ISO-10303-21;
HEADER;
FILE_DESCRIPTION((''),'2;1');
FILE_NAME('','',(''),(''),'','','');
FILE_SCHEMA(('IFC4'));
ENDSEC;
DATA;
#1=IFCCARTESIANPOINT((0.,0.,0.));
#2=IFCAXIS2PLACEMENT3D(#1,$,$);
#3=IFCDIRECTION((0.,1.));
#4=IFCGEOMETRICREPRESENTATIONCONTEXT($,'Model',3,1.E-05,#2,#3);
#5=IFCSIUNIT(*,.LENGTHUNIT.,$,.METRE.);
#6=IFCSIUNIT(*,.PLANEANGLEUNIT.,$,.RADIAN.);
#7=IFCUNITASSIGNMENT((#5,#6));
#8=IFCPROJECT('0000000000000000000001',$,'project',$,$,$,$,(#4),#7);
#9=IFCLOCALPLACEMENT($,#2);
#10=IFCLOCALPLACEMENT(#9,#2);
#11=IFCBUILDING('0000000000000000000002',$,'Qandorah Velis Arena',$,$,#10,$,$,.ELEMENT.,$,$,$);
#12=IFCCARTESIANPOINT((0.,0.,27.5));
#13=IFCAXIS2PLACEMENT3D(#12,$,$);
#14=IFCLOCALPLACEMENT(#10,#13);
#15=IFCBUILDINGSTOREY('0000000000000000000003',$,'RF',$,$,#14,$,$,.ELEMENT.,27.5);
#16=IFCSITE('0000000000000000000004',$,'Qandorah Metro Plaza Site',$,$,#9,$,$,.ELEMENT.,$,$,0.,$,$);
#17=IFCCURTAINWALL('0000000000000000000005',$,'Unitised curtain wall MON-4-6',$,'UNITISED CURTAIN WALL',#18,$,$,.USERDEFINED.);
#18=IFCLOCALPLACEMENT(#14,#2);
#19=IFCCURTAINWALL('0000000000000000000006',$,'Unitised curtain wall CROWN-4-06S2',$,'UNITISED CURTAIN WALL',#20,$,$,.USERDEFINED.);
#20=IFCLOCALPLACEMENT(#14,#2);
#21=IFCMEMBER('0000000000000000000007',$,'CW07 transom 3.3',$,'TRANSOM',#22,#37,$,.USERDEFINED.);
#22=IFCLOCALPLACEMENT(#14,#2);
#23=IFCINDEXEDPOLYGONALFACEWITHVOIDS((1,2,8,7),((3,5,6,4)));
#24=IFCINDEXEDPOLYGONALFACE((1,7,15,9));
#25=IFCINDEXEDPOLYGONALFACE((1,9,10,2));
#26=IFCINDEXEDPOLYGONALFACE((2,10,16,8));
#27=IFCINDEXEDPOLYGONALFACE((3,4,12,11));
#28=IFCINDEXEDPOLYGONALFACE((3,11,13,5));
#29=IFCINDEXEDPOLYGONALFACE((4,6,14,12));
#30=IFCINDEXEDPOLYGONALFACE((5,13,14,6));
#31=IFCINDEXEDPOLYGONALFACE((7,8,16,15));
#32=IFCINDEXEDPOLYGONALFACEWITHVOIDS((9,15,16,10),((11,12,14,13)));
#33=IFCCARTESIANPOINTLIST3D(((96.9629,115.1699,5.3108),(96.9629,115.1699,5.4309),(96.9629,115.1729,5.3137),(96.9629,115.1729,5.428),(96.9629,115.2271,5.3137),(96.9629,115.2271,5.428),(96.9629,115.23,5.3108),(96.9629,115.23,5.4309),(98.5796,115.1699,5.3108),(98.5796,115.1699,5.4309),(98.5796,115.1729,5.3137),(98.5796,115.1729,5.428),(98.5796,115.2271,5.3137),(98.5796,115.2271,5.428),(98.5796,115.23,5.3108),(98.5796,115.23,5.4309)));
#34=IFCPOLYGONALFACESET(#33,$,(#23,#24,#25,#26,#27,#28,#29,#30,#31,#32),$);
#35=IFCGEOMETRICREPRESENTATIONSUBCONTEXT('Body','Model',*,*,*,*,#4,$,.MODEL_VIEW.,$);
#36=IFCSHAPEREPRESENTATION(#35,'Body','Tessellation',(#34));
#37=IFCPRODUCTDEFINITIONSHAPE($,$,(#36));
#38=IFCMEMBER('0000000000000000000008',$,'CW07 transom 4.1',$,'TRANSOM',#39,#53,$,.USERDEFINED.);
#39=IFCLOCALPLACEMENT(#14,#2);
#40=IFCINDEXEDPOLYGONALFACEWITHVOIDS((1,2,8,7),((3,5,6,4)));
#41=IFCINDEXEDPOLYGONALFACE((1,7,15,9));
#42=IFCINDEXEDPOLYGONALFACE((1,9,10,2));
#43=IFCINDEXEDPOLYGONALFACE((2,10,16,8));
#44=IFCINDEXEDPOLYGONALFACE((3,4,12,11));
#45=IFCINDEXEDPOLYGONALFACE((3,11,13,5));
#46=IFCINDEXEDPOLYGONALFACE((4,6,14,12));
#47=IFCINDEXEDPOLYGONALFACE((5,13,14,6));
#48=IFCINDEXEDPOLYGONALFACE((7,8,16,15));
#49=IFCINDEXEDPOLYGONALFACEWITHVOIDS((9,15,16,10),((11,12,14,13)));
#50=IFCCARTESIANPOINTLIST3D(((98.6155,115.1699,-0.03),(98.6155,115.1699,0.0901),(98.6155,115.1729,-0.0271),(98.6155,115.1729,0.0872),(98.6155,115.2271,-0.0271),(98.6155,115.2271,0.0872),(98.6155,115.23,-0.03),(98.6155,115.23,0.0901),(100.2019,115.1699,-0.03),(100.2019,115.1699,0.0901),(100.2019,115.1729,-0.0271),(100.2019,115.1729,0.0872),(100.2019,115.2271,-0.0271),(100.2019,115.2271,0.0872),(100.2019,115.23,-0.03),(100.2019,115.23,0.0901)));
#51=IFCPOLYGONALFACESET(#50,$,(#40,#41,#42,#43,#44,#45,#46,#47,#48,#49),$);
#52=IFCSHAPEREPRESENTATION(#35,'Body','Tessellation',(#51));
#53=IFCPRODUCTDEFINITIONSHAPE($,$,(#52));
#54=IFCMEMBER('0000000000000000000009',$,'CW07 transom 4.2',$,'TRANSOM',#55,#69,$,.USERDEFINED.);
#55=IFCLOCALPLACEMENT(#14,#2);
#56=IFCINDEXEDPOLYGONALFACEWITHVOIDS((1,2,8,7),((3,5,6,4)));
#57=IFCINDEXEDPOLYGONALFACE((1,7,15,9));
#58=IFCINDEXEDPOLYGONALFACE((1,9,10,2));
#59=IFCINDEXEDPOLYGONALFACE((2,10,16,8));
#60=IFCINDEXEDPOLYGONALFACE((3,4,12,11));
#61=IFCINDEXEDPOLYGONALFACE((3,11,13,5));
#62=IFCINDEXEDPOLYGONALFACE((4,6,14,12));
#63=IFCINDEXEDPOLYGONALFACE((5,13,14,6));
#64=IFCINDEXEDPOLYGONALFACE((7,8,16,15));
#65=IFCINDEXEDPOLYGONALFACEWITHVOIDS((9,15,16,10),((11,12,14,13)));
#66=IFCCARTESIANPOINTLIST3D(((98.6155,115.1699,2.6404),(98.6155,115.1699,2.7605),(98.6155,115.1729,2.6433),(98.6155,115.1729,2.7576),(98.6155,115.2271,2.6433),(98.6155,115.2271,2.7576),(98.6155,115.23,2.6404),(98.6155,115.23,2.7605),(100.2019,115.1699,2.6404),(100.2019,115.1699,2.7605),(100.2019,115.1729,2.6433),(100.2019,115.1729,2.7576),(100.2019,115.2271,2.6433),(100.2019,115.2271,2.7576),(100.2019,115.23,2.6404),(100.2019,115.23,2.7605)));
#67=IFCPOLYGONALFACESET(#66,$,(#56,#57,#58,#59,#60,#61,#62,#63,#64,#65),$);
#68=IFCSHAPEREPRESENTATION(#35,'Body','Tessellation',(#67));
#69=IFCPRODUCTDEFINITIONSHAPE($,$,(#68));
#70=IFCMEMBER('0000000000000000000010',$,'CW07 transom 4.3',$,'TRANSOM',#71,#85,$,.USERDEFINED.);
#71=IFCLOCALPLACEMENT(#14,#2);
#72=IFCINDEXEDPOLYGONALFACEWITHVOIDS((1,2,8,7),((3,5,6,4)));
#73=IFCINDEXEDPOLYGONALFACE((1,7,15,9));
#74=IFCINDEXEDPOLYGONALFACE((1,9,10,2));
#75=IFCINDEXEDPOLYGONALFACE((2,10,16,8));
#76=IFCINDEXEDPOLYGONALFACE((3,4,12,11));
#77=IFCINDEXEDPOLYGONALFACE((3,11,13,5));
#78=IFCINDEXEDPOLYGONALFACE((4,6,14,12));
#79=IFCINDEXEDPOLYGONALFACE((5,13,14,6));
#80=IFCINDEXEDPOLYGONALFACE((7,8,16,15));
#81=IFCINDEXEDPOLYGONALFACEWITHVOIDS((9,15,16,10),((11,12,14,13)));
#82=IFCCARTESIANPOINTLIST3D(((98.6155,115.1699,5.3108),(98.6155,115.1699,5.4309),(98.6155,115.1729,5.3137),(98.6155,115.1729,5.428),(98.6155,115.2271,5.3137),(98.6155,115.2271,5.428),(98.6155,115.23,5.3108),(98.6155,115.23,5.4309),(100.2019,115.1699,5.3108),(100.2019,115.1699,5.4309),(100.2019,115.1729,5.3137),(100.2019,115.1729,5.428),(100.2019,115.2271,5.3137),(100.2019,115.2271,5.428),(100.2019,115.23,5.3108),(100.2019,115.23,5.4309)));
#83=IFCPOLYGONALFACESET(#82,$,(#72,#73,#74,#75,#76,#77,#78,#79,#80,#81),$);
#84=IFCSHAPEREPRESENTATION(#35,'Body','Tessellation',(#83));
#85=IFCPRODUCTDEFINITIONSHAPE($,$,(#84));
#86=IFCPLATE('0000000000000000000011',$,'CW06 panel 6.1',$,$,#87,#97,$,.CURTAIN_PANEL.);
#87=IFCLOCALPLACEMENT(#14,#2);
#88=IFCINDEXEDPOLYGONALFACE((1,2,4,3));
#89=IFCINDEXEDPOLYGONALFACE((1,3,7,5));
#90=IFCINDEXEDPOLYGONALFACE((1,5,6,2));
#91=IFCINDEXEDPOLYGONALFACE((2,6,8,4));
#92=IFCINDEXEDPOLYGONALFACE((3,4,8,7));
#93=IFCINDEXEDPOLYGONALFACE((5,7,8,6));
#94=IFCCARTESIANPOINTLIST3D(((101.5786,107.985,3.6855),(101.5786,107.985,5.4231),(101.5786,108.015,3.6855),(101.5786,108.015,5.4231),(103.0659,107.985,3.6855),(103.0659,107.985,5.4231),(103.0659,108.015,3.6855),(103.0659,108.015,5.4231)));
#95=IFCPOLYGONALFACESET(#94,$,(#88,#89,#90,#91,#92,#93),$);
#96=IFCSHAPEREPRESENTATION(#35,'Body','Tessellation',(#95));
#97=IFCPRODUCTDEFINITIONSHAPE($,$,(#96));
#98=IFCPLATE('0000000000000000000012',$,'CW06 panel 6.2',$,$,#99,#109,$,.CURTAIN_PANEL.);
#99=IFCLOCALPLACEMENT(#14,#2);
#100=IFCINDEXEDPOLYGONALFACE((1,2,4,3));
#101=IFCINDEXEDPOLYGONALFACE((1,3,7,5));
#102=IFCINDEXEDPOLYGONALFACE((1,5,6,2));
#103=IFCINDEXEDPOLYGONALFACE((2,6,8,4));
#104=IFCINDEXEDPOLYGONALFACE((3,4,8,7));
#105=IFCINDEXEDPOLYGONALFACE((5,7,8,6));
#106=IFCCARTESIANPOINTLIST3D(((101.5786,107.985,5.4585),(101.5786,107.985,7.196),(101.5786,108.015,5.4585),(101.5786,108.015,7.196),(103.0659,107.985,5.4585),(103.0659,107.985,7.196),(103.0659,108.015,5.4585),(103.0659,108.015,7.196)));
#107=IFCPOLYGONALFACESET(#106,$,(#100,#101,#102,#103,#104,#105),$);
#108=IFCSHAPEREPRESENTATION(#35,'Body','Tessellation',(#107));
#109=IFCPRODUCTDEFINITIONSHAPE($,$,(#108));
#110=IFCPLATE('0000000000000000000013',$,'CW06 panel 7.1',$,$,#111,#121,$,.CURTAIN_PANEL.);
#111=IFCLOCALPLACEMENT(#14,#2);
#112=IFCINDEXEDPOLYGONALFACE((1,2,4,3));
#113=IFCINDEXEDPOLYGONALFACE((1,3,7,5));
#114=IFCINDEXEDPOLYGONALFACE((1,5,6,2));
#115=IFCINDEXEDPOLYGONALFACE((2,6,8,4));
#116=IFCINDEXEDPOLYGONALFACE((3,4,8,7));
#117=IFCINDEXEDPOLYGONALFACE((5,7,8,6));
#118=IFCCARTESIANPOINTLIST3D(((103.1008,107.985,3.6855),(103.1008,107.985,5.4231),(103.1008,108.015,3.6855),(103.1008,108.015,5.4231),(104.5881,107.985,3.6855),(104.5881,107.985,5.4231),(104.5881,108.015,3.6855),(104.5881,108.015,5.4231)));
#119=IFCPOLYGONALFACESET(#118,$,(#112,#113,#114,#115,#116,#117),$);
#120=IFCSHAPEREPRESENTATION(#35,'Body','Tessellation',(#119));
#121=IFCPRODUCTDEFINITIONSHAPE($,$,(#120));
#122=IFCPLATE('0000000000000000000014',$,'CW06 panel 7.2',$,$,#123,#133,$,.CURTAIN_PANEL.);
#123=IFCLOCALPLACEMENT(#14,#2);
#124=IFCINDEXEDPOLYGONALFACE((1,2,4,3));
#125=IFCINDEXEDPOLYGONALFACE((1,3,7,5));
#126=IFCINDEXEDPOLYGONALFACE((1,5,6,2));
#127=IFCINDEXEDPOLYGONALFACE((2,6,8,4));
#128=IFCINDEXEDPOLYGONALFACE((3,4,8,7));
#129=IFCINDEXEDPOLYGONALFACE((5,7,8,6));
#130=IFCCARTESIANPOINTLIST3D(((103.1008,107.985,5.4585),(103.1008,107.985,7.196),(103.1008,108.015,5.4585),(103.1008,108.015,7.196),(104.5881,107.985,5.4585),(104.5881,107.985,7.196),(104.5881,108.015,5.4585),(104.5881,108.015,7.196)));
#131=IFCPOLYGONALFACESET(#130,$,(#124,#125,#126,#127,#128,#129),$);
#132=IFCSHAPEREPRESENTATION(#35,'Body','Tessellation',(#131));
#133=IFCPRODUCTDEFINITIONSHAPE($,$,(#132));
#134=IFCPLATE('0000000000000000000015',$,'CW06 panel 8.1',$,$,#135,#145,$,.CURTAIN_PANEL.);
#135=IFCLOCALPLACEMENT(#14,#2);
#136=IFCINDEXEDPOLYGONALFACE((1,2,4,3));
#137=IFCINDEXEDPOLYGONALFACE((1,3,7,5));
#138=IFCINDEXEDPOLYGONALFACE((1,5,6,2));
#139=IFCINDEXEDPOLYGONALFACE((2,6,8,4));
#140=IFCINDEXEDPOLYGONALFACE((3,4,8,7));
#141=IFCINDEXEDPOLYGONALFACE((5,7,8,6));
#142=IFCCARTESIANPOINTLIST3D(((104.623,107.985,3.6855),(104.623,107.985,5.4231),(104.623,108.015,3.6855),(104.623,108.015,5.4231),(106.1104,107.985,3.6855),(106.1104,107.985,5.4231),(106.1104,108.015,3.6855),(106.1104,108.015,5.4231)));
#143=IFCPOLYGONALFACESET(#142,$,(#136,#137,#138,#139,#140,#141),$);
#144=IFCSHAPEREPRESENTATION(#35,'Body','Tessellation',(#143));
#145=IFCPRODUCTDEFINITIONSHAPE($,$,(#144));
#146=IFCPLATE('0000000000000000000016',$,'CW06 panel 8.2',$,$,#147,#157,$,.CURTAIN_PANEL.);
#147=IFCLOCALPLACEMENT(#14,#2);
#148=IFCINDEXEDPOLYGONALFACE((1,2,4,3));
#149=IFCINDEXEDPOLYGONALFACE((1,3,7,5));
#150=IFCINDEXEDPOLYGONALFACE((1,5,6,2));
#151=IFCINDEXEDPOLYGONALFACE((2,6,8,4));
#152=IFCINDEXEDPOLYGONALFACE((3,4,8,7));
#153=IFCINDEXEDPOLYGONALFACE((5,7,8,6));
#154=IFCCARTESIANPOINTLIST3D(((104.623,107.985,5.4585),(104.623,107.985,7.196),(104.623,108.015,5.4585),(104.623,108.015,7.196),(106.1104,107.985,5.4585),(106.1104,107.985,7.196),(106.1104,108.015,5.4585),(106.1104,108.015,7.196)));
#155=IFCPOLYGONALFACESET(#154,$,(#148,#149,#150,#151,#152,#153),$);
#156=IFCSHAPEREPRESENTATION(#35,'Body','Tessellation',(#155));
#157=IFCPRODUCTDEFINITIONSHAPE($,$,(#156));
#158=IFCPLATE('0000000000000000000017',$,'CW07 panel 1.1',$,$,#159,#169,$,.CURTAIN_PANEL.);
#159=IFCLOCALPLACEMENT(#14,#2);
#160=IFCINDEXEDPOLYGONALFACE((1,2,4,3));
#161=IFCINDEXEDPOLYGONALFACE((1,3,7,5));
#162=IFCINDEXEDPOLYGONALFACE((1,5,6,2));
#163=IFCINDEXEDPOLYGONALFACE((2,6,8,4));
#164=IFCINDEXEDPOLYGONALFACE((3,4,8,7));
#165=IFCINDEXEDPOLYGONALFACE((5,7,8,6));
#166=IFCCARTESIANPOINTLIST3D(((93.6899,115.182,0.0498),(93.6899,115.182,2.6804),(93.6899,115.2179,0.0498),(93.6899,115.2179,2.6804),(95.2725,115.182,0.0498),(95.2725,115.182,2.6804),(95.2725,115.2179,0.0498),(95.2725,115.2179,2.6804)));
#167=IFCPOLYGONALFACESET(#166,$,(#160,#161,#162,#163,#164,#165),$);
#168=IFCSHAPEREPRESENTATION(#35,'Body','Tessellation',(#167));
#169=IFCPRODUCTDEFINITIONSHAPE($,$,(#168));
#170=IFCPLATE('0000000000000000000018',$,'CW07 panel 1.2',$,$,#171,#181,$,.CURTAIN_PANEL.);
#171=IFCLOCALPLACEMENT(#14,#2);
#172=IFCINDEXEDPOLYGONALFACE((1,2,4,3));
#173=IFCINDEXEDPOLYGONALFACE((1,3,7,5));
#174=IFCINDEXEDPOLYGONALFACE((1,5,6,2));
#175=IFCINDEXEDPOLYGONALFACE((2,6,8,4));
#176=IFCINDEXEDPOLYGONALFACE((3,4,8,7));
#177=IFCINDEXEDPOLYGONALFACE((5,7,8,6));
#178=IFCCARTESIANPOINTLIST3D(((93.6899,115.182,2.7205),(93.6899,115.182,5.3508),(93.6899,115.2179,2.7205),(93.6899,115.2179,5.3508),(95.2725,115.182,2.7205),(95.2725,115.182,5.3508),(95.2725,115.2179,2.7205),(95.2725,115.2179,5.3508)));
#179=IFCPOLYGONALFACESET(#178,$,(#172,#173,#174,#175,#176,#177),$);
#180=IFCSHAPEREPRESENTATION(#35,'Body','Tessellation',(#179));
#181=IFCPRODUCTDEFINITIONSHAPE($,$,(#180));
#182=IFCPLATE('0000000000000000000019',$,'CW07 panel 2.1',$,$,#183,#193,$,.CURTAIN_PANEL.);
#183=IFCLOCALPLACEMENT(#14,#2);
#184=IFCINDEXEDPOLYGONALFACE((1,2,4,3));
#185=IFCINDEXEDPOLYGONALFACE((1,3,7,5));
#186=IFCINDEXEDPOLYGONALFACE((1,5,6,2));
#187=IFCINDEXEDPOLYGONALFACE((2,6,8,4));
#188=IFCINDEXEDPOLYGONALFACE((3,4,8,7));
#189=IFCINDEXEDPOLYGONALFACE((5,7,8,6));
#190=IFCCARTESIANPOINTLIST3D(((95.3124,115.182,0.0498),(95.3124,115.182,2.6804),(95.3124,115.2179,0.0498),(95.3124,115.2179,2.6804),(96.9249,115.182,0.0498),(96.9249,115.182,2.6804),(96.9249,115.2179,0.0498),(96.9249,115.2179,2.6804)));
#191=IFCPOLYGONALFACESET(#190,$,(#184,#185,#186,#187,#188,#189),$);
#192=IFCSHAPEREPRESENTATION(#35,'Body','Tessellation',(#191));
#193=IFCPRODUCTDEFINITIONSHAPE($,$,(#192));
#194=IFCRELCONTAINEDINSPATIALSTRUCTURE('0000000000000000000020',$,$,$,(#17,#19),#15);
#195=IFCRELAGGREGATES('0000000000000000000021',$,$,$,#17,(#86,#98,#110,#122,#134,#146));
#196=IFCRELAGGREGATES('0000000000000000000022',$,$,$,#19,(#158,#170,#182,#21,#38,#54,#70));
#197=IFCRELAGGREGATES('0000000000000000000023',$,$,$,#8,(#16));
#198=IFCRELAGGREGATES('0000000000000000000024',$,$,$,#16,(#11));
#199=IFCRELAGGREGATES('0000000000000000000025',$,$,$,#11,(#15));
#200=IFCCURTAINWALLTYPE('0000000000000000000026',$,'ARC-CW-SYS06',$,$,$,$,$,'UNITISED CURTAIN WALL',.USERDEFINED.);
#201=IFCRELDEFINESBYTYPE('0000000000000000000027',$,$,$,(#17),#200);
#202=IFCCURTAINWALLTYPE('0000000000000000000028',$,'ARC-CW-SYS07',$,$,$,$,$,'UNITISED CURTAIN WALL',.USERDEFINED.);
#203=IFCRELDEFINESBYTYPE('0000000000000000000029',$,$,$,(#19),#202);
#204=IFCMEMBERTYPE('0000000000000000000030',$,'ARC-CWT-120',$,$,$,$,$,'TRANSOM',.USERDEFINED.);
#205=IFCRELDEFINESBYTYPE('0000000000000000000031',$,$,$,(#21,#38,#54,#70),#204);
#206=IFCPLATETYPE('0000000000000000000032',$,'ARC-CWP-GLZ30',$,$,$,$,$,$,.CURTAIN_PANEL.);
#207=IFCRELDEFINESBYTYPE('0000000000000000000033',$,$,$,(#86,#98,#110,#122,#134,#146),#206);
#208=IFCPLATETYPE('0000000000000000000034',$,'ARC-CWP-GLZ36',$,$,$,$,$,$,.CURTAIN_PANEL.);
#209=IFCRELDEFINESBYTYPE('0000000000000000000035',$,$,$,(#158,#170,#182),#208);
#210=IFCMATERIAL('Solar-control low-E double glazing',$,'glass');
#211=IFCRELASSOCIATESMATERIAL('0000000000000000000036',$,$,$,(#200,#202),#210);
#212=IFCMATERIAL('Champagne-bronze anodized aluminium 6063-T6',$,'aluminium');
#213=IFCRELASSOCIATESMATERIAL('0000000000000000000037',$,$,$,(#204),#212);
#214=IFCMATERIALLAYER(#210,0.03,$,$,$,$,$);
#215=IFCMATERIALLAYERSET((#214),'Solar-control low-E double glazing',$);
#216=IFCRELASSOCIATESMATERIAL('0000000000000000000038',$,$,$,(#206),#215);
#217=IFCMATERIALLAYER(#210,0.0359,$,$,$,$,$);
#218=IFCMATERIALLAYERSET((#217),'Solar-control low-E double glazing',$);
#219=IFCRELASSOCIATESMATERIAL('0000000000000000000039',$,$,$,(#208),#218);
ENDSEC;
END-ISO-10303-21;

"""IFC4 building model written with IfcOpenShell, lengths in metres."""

from ifc_helpers import new_model, si_unit, direction, frame, origin, origin_2d, place, context, subcontext, project, spatial, rectangle, hollow_rectangle, extrude, material, layer, layer_set, material_profile, profile_set, type_object, element, aggregate, save


model = new_model("IFC4")

# Units and contexts
model_context = context("Model", 3, precision=1e-05, world=origin(), true_north=direction((0.0, 1.0)))
body_context = subcontext(model_context, "Body", "Model", "MODEL_VIEW")
ifc_project = project(units=[si_unit("LENGTHUNIT", "METRE"), si_unit("PLANEANGLEUNIT", "RADIAN")], contexts=[model_context])

# Site, building, storey
site_placement = place(None, origin())
site = spatial("IfcSite", under=ifc_project, at=site_placement, Name="Qandorah Metro Plaza Site", CompositionType="ELEMENT", RefElevation=0.0)
building_placement = place(site_placement, origin())
building = spatial("IfcBuilding", under=site, at=building_placement, Name="Qandorah Velis Arena", CompositionType="ELEMENT")
storey_placement = place(building_placement, frame((0.0, 0.0, 27.5)))
storey = spatial("IfcBuildingStorey", under=building, at=storey_placement, Name="RF", CompositionType="ELEMENT", Elevation=27.5)

# Curtain wall
ifc_material_1 = material(Name="Solar-control low-E double glazing", Category="glass")
curtain_wall_type_1 = type_object("IfcCurtainWallType", Name="ARC-CW-SYS06", ElementType="UNITISED CURTAIN WALL", PredefinedType="USERDEFINED", material=ifc_material_1)
curtain_wall_1_placement = place(storey_placement, origin())
curtain_wall_1 = element("IfcCurtainWall", 1, at=curtain_wall_1_placement, inside=storey, type_object=curtain_wall_type_1, Name="Unitised curtain wall MON-4-6", ObjectType="UNITISED CURTAIN WALL", PredefinedType="USERDEFINED")
ifc_material_2 = material(Name="Champagne-bronze anodized aluminium 6063-T6", Category="aluminium")

# Curtain wall
curtain_wall_type_2 = type_object("IfcCurtainWallType", Name="ARC-CW-SYS07", ElementType="UNITISED CURTAIN WALL", PredefinedType="USERDEFINED", material=ifc_material_1)
curtain_wall_2_placement = place(storey_placement, origin())
curtain_wall_2 = element("IfcCurtainWall", 2, at=curtain_wall_2_placement, inside=storey, type_object=curtain_wall_type_2, Name="Unitised curtain wall CROWN-4-06S2", ObjectType="UNITISED CURTAIN WALL", PredefinedType="USERDEFINED")

# Members
ifc_material_profile_1 = material_profile(ifc_material_2, hollow_rectangle(XDim=0.0601, YDim=0.1201, WallThickness=0.0029, at=origin_2d()), Name="ALU TRANSOM 60x120")
ifc_profile_set_1 = profile_set([ifc_material_profile_1], Name="Champagne-bronze anodized aluminium 6063-T6")
member_type_1 = type_object("IfcMemberType", Name="ARC-CWT-120", ElementType="TRANSOM", PredefinedType="USERDEFINED", material=ifc_profile_set_1)
member_1_placement = place(storey_placement, frame((96.9629, 115.2, 5.3708), z_axis=(1.0, 0.0, 0.0), x_axis=(0.0, 1.0, 0.0)))
member_1 = element("IfcMember", 3, at=member_1_placement, type_object=member_type_1, Name="CW07 transom 3.3", ObjectType="TRANSOM", PredefinedType="USERDEFINED", context=body_context, shape_type="SweptSolid", body=[
    extrude(hollow_rectangle(XDim=0.0601, YDim=0.1201, WallThickness=0.0029, at=origin_2d()), origin(), (0.0, 0.0, 1.0), 1.6167),
])
member_2_placement = place(storey_placement, frame((98.6155, 115.2, 0.03), z_axis=(1.0, 0.0, 0.0), x_axis=(0.0, 1.0, 0.0)))
member_2 = element("IfcMember", 4, at=member_2_placement, type_object=member_type_1, Name="CW07 transom 4.1", ObjectType="TRANSOM", PredefinedType="USERDEFINED", context=body_context, shape_type="SweptSolid", body=[
    extrude(hollow_rectangle(XDim=0.0601, YDim=0.1201, WallThickness=0.0029, at=origin_2d()), origin(), (0.0, 0.0, 1.0), 1.5864),
])
member_3_placement = place(storey_placement, frame((98.6155, 115.2, 2.7004), z_axis=(1.0, 0.0, 0.0), x_axis=(0.0, 1.0, 0.0)))
member_3 = element("IfcMember", 5, at=member_3_placement, type_object=member_type_1, Name="CW07 transom 4.2", ObjectType="TRANSOM", PredefinedType="USERDEFINED", context=body_context, shape_type="SweptSolid", body=[
    extrude(hollow_rectangle(XDim=0.0601, YDim=0.1201, WallThickness=0.0029, at=origin_2d()), origin(), (0.0, 0.0, 1.0), 1.5864),
])
member_4_placement = place(storey_placement, frame((98.6155, 115.2, 5.3708), z_axis=(1.0, 0.0, 0.0), x_axis=(0.0, 1.0, 0.0)))
member_4 = element("IfcMember", 6, at=member_4_placement, type_object=member_type_1, Name="CW07 transom 4.3", ObjectType="TRANSOM", PredefinedType="USERDEFINED", context=body_context, shape_type="SweptSolid", body=[
    extrude(hollow_rectangle(XDim=0.0601, YDim=0.1201, WallThickness=0.0029, at=origin_2d()), origin(), (0.0, 0.0, 1.0), 1.5864),
])

# Plates
ifc_layer_1 = layer(ifc_material_1, 0.03)
ifc_layer_set_1 = layer_set([ifc_layer_1], Name="Solar-control low-E double glazing")
plate_type_1 = type_object("IfcPlateType", Name="ARC-CWP-GLZ30", PredefinedType="CURTAIN_PANEL", material=ifc_layer_set_1)
plate_1_placement = place(storey_placement, frame((102.3223, 108.0, 3.6855), z_axis=(0.0, 0.0, 1.0), x_axis=(1.0, 0.0, 0.0)))
plate_1 = element("IfcPlate", 7, at=plate_1_placement, type_object=plate_type_1, Name="CW06 panel 6.1", PredefinedType="CURTAIN_PANEL", context=body_context, shape_type="SweptSolid", body=[
    extrude(rectangle(XDim=1.4873, YDim=0.03, at=origin_2d()), origin(), (0.0, 0.0, 1.0), 1.7375),
])
plate_2_placement = place(storey_placement, frame((102.3223, 108.0, 5.4585), z_axis=(0.0, 0.0, 1.0), x_axis=(1.0, 0.0, 0.0)))
plate_2 = element("IfcPlate", 8, at=plate_2_placement, type_object=plate_type_1, Name="CW06 panel 6.2", PredefinedType="CURTAIN_PANEL", context=body_context, shape_type="SweptSolid", body=[
    extrude(rectangle(XDim=1.4873, YDim=0.03, at=origin_2d()), origin(), (0.0, 0.0, 1.0), 1.7375),
])
plate_3_placement = place(storey_placement, frame((103.8445, 108.0, 3.6855), z_axis=(0.0, 0.0, 1.0), x_axis=(1.0, 0.0, 0.0)))
plate_3 = element("IfcPlate", 9, at=plate_3_placement, type_object=plate_type_1, Name="CW06 panel 7.1", PredefinedType="CURTAIN_PANEL", context=body_context, shape_type="SweptSolid", body=[
    extrude(rectangle(XDim=1.4873, YDim=0.03, at=origin_2d()), origin(), (0.0, 0.0, 1.0), 1.7375),
])
plate_4_placement = place(storey_placement, frame((103.8445, 108.0, 5.4585), z_axis=(0.0, 0.0, 1.0), x_axis=(1.0, 0.0, 0.0)))
plate_4 = element("IfcPlate", 10, at=plate_4_placement, type_object=plate_type_1, Name="CW06 panel 7.2", PredefinedType="CURTAIN_PANEL", context=body_context, shape_type="SweptSolid", body=[
    extrude(rectangle(XDim=1.4873, YDim=0.03, at=origin_2d()), origin(), (0.0, 0.0, 1.0), 1.7375),
])
plate_5_placement = place(storey_placement, frame((105.3667, 108.0, 3.6855), z_axis=(0.0, 0.0, 1.0), x_axis=(1.0, 0.0, 0.0)))
plate_5 = element("IfcPlate", 11, at=plate_5_placement, type_object=plate_type_1, Name="CW06 panel 8.1", PredefinedType="CURTAIN_PANEL", context=body_context, shape_type="SweptSolid", body=[
    extrude(rectangle(XDim=1.4873, YDim=0.03, at=origin_2d()), origin(), (0.0, 0.0, 1.0), 1.7375),
])
plate_6_placement = place(storey_placement, frame((105.3667, 108.0, 5.4585), z_axis=(0.0, 0.0, 1.0), x_axis=(1.0, 0.0, 0.0)))
plate_6 = element("IfcPlate", 12, at=plate_6_placement, type_object=plate_type_1, Name="CW06 panel 8.2", PredefinedType="CURTAIN_PANEL", context=body_context, shape_type="SweptSolid", body=[
    extrude(rectangle(XDim=1.4873, YDim=0.03, at=origin_2d()), origin(), (0.0, 0.0, 1.0), 1.7375),
])
aggregate(curtain_wall_1, [plate_1, plate_2, plate_3, plate_4, plate_5, plate_6])
ifc_layer_2 = layer(ifc_material_1, 0.0359)
ifc_layer_set_2 = layer_set([ifc_layer_2], Name="Solar-control low-E double glazing")
plate_type_2 = type_object("IfcPlateType", Name="ARC-CWP-GLZ36", PredefinedType="CURTAIN_PANEL", material=ifc_layer_set_2)
plate_7_placement = place(storey_placement, frame((94.4812, 115.2, 0.0498), z_axis=(0.0, 0.0, 1.0), x_axis=(1.0, 0.0, 0.0)))
plate_7 = element("IfcPlate", 13, at=plate_7_placement, type_object=plate_type_2, Name="CW07 panel 1.1", PredefinedType="CURTAIN_PANEL", context=body_context, shape_type="SweptSolid", body=[
    extrude(rectangle(XDim=1.5825, YDim=0.0359, at=origin_2d()), origin(), (0.0, 0.0, 1.0), 2.6306),
])
plate_8_placement = place(storey_placement, frame((94.4812, 115.2, 2.7205), z_axis=(0.0, 0.0, 1.0), x_axis=(1.0, 0.0, 0.0)))
plate_8 = element("IfcPlate", 14, at=plate_8_placement, type_object=plate_type_2, Name="CW07 panel 1.2", PredefinedType="CURTAIN_PANEL", context=body_context, shape_type="SweptSolid", body=[
    extrude(rectangle(XDim=1.5825, YDim=0.0359, at=origin_2d()), origin(), (0.0, 0.0, 1.0), 2.6304),
])
plate_9_placement = place(storey_placement, frame((96.1187, 115.2, 0.0498), z_axis=(0.0, 0.0, 1.0), x_axis=(1.0, 0.0, 0.0)))
plate_9 = element("IfcPlate", 15, at=plate_9_placement, type_object=plate_type_2, Name="CW07 panel 2.1", PredefinedType="CURTAIN_PANEL", context=body_context, shape_type="SweptSolid", body=[
    extrude(rectangle(XDim=1.6125, YDim=0.0359, at=origin_2d()), origin(), (0.0, 0.0, 1.0), 2.6306),
])
aggregate(curtain_wall_2, [plate_7, plate_8, plate_9, member_1, member_2, member_3, member_4])

save(model, "model.ifc")
